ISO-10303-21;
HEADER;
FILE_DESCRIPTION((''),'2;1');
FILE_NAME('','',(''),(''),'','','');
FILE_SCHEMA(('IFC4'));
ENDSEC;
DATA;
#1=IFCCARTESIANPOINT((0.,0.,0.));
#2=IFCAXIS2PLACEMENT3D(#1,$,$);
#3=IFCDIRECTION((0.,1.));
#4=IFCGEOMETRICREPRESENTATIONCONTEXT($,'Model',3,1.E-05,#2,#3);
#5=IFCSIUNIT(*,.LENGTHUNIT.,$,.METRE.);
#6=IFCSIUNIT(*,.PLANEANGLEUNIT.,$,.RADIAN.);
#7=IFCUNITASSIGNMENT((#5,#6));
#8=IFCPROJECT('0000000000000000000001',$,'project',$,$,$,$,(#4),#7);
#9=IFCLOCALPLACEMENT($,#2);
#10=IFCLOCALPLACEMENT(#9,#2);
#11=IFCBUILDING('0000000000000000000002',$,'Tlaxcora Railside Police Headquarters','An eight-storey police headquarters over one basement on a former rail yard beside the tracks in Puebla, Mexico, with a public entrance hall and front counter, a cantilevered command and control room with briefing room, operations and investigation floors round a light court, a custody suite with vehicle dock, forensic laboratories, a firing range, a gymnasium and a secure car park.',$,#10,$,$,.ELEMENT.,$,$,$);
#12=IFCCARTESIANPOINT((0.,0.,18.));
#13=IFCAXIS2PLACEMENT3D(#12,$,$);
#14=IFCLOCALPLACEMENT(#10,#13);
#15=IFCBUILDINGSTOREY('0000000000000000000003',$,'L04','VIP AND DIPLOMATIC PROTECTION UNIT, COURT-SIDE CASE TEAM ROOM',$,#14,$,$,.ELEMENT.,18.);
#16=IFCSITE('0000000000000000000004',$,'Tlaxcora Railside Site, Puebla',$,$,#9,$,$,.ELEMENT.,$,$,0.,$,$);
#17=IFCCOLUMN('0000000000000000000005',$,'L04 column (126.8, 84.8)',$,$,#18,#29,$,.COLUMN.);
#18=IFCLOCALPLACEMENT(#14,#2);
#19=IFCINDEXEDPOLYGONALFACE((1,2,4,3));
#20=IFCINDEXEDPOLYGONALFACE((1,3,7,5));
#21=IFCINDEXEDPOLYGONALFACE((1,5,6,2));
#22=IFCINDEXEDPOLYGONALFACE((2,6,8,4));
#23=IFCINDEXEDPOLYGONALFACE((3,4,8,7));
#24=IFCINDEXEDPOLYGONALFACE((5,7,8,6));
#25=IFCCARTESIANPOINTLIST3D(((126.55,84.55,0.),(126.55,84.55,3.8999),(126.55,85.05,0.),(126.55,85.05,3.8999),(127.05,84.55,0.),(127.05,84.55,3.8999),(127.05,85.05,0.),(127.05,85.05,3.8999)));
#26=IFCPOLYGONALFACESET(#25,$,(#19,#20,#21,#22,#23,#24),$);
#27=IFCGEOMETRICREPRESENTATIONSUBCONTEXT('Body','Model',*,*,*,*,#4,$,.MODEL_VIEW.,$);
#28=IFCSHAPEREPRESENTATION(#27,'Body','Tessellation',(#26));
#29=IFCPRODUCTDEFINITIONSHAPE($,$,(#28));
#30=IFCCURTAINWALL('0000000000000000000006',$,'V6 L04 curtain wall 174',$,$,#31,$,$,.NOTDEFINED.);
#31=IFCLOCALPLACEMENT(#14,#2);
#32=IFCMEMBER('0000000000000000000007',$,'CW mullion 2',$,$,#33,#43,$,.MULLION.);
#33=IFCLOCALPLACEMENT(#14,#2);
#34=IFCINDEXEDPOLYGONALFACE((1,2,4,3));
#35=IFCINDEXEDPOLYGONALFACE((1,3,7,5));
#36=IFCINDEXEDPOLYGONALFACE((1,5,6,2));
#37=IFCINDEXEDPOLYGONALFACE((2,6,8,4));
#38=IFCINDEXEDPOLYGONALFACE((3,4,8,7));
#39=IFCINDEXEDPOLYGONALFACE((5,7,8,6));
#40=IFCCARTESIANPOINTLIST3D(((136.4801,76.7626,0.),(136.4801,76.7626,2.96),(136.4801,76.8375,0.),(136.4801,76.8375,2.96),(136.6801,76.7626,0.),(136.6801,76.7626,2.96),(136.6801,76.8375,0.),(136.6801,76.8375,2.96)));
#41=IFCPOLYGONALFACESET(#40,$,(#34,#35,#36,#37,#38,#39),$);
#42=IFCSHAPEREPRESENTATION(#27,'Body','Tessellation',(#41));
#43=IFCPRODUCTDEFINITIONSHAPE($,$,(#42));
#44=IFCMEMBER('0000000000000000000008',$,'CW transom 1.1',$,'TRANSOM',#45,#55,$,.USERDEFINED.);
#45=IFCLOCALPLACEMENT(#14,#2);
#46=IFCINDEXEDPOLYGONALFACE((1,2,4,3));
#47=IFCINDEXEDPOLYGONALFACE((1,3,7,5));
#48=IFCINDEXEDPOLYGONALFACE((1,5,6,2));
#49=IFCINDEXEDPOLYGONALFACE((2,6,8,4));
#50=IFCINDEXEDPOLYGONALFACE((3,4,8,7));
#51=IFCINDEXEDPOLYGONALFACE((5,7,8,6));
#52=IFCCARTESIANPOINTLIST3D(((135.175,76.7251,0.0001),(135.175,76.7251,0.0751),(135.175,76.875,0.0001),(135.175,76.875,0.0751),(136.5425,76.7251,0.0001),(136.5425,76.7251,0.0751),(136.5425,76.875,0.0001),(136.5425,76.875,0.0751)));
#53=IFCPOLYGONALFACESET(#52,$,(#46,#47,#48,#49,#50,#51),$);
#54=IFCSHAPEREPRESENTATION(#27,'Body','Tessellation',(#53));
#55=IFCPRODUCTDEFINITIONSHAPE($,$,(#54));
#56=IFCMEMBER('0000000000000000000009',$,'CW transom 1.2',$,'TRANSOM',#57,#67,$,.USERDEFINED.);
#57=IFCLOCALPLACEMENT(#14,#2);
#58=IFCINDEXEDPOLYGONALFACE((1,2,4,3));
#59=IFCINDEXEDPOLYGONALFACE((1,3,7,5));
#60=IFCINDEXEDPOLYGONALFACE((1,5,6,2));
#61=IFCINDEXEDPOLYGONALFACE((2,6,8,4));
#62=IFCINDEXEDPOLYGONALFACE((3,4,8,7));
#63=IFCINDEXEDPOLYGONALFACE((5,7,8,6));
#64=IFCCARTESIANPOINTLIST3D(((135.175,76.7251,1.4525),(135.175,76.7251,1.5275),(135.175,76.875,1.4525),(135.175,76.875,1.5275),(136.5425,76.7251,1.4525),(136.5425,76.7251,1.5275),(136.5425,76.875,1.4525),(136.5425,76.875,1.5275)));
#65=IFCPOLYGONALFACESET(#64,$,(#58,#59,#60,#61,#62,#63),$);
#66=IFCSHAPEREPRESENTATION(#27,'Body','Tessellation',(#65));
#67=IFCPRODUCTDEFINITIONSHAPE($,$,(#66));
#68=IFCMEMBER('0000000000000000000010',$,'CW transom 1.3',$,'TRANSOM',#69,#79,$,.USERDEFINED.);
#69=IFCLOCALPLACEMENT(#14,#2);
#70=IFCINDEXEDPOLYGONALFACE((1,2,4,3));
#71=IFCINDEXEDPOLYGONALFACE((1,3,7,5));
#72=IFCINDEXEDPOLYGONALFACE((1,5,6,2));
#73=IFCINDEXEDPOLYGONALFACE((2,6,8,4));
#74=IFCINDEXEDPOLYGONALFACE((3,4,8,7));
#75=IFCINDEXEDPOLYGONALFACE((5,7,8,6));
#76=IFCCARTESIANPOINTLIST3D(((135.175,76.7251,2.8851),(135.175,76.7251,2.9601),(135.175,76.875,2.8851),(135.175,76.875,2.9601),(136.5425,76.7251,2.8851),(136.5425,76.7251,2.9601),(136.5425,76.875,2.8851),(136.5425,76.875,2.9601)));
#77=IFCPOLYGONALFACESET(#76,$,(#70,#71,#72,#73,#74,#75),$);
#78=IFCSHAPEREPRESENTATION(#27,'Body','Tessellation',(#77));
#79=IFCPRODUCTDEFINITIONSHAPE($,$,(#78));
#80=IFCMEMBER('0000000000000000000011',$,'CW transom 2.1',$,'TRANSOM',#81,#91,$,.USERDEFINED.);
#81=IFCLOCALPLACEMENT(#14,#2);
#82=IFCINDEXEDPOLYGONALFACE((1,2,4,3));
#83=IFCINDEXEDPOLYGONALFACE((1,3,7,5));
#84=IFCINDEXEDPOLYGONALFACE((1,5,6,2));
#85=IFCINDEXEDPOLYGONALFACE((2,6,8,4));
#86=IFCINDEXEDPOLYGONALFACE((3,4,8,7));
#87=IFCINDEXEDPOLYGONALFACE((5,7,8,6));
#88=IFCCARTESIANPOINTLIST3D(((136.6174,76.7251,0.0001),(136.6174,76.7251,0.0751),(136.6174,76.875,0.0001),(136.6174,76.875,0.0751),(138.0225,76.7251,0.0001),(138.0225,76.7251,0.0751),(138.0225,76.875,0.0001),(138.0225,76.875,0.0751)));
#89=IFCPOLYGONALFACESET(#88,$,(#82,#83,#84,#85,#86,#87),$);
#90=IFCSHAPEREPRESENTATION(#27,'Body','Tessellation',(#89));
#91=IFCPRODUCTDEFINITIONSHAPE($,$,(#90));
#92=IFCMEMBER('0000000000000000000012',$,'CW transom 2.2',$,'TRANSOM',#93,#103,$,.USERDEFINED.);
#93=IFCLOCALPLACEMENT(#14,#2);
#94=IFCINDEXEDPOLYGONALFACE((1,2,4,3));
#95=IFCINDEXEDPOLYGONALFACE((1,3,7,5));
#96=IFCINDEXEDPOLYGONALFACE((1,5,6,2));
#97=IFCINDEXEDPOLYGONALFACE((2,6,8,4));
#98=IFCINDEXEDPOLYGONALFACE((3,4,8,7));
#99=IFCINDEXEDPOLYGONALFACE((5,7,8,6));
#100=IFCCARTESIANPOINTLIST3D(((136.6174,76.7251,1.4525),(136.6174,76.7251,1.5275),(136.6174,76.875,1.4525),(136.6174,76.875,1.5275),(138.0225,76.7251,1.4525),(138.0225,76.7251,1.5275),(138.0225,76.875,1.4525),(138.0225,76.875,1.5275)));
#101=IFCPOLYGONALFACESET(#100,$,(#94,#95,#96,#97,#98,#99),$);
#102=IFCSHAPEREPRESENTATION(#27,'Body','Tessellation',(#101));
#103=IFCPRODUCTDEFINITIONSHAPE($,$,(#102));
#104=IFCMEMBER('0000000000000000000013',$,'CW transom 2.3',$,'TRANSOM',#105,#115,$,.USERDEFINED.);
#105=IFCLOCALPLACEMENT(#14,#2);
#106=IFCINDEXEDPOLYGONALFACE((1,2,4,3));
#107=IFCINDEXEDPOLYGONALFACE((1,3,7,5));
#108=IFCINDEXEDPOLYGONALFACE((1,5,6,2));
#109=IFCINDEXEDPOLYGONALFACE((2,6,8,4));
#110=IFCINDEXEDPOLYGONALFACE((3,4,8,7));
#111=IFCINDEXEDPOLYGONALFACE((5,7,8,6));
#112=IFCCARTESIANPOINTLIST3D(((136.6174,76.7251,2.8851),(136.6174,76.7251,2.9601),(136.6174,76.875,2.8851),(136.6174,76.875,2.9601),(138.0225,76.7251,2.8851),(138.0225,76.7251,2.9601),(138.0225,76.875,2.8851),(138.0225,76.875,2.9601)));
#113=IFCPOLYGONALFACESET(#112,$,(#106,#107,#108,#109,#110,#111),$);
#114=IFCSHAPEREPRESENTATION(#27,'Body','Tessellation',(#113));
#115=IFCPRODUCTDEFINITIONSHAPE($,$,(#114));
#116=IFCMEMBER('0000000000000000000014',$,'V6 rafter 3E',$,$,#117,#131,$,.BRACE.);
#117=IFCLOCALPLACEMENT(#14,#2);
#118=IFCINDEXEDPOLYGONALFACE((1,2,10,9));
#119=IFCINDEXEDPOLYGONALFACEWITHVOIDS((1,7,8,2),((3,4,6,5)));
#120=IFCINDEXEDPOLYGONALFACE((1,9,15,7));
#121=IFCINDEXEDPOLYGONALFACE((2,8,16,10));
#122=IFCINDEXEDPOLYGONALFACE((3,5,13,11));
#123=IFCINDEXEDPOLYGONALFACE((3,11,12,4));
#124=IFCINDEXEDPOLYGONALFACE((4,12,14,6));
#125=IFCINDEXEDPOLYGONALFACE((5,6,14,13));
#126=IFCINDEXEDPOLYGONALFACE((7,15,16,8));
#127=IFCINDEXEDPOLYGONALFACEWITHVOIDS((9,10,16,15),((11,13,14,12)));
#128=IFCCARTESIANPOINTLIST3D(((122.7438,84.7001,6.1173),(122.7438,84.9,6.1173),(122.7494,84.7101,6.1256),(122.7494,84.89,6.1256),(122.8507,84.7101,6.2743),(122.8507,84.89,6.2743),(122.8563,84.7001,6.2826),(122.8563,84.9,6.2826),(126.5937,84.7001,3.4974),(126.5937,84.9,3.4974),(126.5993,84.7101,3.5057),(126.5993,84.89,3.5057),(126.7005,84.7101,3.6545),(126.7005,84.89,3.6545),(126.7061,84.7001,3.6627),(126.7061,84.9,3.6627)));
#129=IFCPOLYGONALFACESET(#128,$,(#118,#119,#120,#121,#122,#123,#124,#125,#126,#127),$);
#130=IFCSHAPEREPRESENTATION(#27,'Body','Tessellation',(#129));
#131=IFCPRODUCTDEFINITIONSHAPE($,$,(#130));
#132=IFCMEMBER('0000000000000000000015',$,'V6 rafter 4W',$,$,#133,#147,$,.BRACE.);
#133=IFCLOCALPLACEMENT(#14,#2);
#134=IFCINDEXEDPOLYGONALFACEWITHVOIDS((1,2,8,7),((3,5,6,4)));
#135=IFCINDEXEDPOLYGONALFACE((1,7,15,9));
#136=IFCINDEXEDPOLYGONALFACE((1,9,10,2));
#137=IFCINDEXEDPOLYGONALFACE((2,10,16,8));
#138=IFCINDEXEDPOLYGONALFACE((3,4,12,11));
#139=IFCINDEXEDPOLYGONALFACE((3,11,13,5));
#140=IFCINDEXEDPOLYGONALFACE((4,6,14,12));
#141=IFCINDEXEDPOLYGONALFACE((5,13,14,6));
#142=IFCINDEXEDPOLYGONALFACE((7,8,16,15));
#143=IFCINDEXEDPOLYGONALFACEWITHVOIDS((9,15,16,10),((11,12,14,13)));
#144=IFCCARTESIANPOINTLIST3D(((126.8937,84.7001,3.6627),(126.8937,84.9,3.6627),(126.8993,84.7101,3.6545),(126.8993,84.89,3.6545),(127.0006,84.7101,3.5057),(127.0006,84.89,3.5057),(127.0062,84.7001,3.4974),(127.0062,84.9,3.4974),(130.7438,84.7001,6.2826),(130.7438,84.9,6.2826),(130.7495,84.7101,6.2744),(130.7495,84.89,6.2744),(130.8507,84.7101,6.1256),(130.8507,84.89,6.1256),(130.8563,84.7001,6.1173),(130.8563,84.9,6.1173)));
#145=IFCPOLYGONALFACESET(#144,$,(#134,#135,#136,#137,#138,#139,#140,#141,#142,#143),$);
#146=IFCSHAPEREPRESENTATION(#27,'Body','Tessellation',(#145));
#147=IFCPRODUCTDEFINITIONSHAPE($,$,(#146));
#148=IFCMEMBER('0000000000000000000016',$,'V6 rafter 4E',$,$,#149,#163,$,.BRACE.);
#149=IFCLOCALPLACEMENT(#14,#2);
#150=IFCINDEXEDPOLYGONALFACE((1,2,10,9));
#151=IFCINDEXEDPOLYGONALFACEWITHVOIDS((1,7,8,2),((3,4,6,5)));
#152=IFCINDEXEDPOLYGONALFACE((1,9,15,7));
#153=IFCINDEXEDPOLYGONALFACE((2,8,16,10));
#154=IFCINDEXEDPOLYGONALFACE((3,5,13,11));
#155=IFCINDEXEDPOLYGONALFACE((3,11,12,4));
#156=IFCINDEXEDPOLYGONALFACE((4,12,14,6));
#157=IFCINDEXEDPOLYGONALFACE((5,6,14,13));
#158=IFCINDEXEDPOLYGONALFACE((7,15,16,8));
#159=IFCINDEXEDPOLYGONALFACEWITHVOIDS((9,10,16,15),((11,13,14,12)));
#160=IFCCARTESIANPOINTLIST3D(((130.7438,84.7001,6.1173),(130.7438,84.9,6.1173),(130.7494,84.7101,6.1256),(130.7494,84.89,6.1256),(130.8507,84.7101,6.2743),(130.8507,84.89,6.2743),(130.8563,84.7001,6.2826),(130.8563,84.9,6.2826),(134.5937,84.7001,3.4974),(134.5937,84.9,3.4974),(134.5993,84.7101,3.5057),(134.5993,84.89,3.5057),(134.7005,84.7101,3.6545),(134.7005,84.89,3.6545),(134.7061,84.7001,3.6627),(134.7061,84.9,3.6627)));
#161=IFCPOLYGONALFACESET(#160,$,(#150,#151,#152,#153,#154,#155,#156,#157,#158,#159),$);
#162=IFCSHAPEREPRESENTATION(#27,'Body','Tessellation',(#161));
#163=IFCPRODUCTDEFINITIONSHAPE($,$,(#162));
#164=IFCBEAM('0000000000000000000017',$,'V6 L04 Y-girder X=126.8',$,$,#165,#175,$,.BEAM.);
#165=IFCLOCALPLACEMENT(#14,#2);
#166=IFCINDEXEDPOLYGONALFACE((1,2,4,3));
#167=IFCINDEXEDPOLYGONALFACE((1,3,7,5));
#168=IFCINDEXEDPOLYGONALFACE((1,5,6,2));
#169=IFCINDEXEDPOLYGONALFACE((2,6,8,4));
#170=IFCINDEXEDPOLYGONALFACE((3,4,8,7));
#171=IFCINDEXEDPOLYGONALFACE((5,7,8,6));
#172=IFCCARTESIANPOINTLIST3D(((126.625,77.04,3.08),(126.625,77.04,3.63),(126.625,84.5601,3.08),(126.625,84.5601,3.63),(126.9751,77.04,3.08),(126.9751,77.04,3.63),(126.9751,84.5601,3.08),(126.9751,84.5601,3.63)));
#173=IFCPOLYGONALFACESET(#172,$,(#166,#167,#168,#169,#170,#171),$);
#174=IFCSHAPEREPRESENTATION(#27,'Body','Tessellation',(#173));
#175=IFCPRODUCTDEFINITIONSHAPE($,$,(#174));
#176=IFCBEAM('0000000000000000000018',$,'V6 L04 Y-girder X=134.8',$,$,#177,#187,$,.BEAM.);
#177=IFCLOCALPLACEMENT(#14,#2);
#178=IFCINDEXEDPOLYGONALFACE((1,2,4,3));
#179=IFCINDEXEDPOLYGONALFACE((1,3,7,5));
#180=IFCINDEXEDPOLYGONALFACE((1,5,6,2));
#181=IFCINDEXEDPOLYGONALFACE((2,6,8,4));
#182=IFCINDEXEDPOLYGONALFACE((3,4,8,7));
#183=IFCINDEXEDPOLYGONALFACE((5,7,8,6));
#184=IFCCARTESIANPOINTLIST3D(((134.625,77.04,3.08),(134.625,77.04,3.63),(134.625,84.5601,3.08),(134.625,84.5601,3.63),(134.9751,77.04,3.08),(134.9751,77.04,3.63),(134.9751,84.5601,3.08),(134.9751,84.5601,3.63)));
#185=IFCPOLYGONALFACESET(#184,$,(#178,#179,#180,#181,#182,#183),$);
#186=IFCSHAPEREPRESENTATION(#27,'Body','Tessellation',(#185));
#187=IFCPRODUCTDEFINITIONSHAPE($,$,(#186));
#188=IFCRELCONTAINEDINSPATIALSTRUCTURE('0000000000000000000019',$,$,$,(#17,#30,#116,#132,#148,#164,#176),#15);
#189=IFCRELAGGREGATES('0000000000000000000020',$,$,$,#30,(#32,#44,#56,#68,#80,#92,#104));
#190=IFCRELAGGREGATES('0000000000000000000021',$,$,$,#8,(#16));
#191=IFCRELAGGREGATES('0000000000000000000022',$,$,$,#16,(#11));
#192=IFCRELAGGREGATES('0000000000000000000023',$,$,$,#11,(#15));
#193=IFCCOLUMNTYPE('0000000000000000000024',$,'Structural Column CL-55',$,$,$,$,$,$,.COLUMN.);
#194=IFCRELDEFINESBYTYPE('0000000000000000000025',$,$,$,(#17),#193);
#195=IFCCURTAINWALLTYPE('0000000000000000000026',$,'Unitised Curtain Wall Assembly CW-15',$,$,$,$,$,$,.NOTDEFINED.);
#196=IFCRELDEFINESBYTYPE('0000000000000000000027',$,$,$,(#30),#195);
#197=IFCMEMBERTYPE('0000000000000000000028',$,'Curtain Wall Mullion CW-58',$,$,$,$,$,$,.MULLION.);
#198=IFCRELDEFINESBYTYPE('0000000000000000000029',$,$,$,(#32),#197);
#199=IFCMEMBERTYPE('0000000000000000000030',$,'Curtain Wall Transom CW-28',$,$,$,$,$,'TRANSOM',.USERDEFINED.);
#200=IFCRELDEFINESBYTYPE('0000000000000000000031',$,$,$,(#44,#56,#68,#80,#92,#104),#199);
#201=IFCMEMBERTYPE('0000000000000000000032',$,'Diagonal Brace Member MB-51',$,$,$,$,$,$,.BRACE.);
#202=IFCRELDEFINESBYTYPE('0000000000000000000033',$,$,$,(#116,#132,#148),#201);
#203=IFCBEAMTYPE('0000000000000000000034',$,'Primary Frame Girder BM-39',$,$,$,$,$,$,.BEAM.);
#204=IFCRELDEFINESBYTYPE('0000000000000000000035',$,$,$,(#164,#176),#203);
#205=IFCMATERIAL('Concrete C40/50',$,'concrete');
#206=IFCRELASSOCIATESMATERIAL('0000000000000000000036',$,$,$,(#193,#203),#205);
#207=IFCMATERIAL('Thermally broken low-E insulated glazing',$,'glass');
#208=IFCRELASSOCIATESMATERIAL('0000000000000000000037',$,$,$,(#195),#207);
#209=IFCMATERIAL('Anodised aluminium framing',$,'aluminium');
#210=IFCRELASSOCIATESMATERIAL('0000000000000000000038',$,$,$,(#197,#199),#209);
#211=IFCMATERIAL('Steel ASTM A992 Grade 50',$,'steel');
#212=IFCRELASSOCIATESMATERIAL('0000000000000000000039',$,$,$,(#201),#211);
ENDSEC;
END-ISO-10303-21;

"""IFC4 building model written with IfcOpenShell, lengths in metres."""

from ifc_helpers import new_model, si_unit, direction, frame, origin, origin_2d, place, context, subcontext, project, spatial, rectangle, hollow_rectangle, extrude, material, material_profile, profile_set, type_object, element, aggregate, save


model = new_model("IFC4")

# Units and contexts
model_context = context("Model", 3, precision=1e-05, world=origin(), true_north=direction((0.0, 1.0)))
body_context = subcontext(model_context, "Body", "Model", "MODEL_VIEW")
ifc_project = project(units=[si_unit("LENGTHUNIT", "METRE"), si_unit("PLANEANGLEUNIT", "RADIAN")], contexts=[model_context])

# Site, building, storey
site_placement = place(None, origin())
site = spatial("IfcSite", under=ifc_project, at=site_placement, Name="Tlaxcora Railside Site, Puebla", CompositionType="ELEMENT", RefElevation=0.0)
building_placement = place(site_placement, origin())
building = spatial("IfcBuilding", under=site, at=building_placement, Name="Tlaxcora Railside Police Headquarters", Description="An eight-storey police headquarters over one basement on a former rail yard beside the tracks in Puebla, Mexico, with a public entrance hall and front counter, a cantilevered command and control room with briefing room, operations and investigation floors round a light court, a custody suite with vehicle dock, forensic laboratories, a firing range, a gymnasium and a secure car park.", CompositionType="ELEMENT")
storey_placement = place(building_placement, frame((0.0, 0.0, 18.0)))
storey = spatial("IfcBuildingStorey", under=building, at=storey_placement, Name="L04", Description="VIP AND DIPLOMATIC PROTECTION UNIT, COURT-SIDE CASE TEAM ROOM", CompositionType="ELEMENT", Elevation=18.0)

# Column
ifc_material_1 = material(Name="Concrete C40/50", Category="concrete")
ifc_material_profile_1 = material_profile(ifc_material_1, rectangle(XDim=0.5, YDim=0.5, at=origin_2d()), Name="RC500X500")
ifc_profile_set_1 = profile_set([ifc_material_profile_1], Name="Concrete C40/50")
column_type = type_object("IfcColumnType", Name="Structural Column CL-55", PredefinedType="COLUMN", material=ifc_profile_set_1)
column_placement = place(storey_placement, frame((126.8, 84.8, 0.0), z_axis=(0.0, 0.0, 1.0), x_axis=(1.0, 0.0, 0.0)))
element("IfcColumn", 1, at=column_placement, inside=storey, type_object=column_type, Name="L04 column (126.8, 84.8)", PredefinedType="COLUMN", context=body_context, shape_type="SweptSolid", body=[
    extrude(rectangle(XDim=0.5, YDim=0.5, at=origin_2d()), origin(), (0.0, 0.0, 1.0), 3.8999),
])

# Curtain wall, members
ifc_material_2 = material(Name="Thermally broken low-E insulated glazing", Category="glass")
curtain_wall_type = type_object("IfcCurtainWallType", Name="Unitised Curtain Wall Assembly CW-15", PredefinedType="NOTDEFINED", material=ifc_material_2)
curtain_wall_placement = place(storey_placement, origin())
curtain_wall = element("IfcCurtainWall", 2, at=curtain_wall_placement, inside=storey, type_object=curtain_wall_type, Name="V6 L04 curtain wall 174", PredefinedType="NOTDEFINED")
ifc_material_3 = material(Name="Anodised aluminium framing", Category="aluminium")
ifc_material_profile_2 = material_profile(ifc_material_3, rectangle(XDim=0.075, YDim=0.2, at=origin_2d()), Name="AL75X200")
ifc_profile_set_2 = profile_set([ifc_material_profile_2], Name="Anodised aluminium framing")
member_type_1 = type_object("IfcMemberType", Name="Curtain Wall Mullion CW-58", PredefinedType="MULLION", material=ifc_profile_set_2)
member_1_placement = place(storey_placement, frame((136.5801, 76.8, 0.0), z_axis=(0.0, 0.0, 1.0), x_axis=(0.0, 1.0, 0.0)))
member_1 = element("IfcMember", 3, at=member_1_placement, type_object=member_type_1, Name="CW mullion 2", PredefinedType="MULLION", context=body_context, shape_type="SweptSolid", body=[
    extrude(rectangle(XDim=0.075, YDim=0.2, at=origin_2d()), origin(), (0.0, 0.0, 1.0), 2.96),
])
ifc_material_profile_3 = material_profile(ifc_material_3, rectangle(XDim=0.1499, YDim=0.075, at=origin_2d()), Name="AL75X150")
ifc_profile_set_3 = profile_set([ifc_material_profile_3], Name="Anodised aluminium framing")
member_type_2 = type_object("IfcMemberType", Name="Curtain Wall Transom CW-28", ElementType="TRANSOM", PredefinedType="USERDEFINED", material=ifc_profile_set_3)
member_2_placement = place(storey_placement, frame((135.175, 76.8, 0.0376), z_axis=(1.0, 0.0, 0.0), x_axis=(0.0, 1.0, 0.0)))
member_2 = element("IfcMember", 4, at=member_2_placement, type_object=member_type_2, Name="CW transom 1.1", ObjectType="TRANSOM", PredefinedType="USERDEFINED", context=body_context, shape_type="SweptSolid", body=[
    extrude(rectangle(XDim=0.1499, YDim=0.075, at=origin_2d()), origin(), (0.0, 0.0, 1.0), 1.3674),
])
member_3_placement = place(storey_placement, frame((135.175, 76.8, 1.49), z_axis=(1.0, 0.0, 0.0), x_axis=(0.0, 1.0, 0.0)))
member_3 = element("IfcMember", 5, at=member_3_placement, type_object=member_type_2, Name="CW transom 1.2", ObjectType="TRANSOM", PredefinedType="USERDEFINED", context=body_context, shape_type="SweptSolid", body=[
    extrude(rectangle(XDim=0.1499, YDim=0.075, at=origin_2d()), origin(), (0.0, 0.0, 1.0), 1.3674),
])
member_4_placement = place(storey_placement, frame((135.175, 76.8, 2.9226), z_axis=(1.0, 0.0, 0.0), x_axis=(0.0, 1.0, 0.0)))
member_4 = element("IfcMember", 6, at=member_4_placement, type_object=member_type_2, Name="CW transom 1.3", ObjectType="TRANSOM", PredefinedType="USERDEFINED", context=body_context, shape_type="SweptSolid", body=[
    extrude(rectangle(XDim=0.1499, YDim=0.075, at=origin_2d()), origin(), (0.0, 0.0, 1.0), 1.3674),
])
member_5_placement = place(storey_placement, frame((136.6174, 76.8, 0.0376), z_axis=(1.0, 0.0, 0.0), x_axis=(0.0, 1.0, 0.0)))
member_5 = element("IfcMember", 7, at=member_5_placement, type_object=member_type_2, Name="CW transom 2.1", ObjectType="TRANSOM", PredefinedType="USERDEFINED", context=body_context, shape_type="SweptSolid", body=[
    extrude(rectangle(XDim=0.1499, YDim=0.075, at=origin_2d()), origin(), (0.0, 0.0, 1.0), 1.405),
])
member_6_placement = place(storey_placement, frame((136.6174, 76.8, 1.49), z_axis=(1.0, 0.0, 0.0), x_axis=(0.0, 1.0, 0.0)))
member_6 = element("IfcMember", 8, at=member_6_placement, type_object=member_type_2, Name="CW transom 2.2", ObjectType="TRANSOM", PredefinedType="USERDEFINED", context=body_context, shape_type="SweptSolid", body=[
    extrude(rectangle(XDim=0.1499, YDim=0.075, at=origin_2d()), origin(), (0.0, 0.0, 1.0), 1.405),
])
member_7_placement = place(storey_placement, frame((136.6174, 76.8, 2.9226), z_axis=(1.0, 0.0, 0.0), x_axis=(0.0, 1.0, 0.0)))
member_7 = element("IfcMember", 9, at=member_7_placement, type_object=member_type_2, Name="CW transom 2.3", ObjectType="TRANSOM", PredefinedType="USERDEFINED", context=body_context, shape_type="SweptSolid", body=[
    extrude(rectangle(XDim=0.1499, YDim=0.075, at=origin_2d()), origin(), (0.0, 0.0, 1.0), 1.405),
])

# Members
ifc_material_4 = material(Name="Steel ASTM A992 Grade 50", Category="steel")
ifc_material_profile_4 = material_profile(ifc_material_4, hollow_rectangle(XDim=0.2, YDim=0.2, WallThickness=0.01, at=origin_2d()), Name="HSS200X200X10")
ifc_profile_set_4 = profile_set([ifc_material_profile_4], Name="Steel ASTM A992 Grade 50")
member_type_3 = type_object("IfcMemberType", Name="Diagonal Brace Member MB-51", PredefinedType="BRACE", material=ifc_profile_set_4)
member_8_placement = place(storey_placement, frame((126.6499, 84.8, 3.5801), z_axis=(-0.826729, 0.0, 0.5626), x_axis=(0.0, -1.0, 0.0)))
element("IfcMember", 10, at=member_8_placement, inside=storey, type_object=member_type_3, Name="V6 rafter 3E", PredefinedType="BRACE", context=body_context, shape_type="SweptSolid", body=[
    extrude(hollow_rectangle(XDim=0.2, YDim=0.2, WallThickness=0.01, at=origin_2d()), origin(), (0.0, 0.0, 1.0), 4.6567),
])
member_9_placement = place(storey_placement, frame((126.95, 84.8, 3.5801), z_axis=(0.826746, 0.0, 0.562575), x_axis=(0.0, 1.0, 0.0)))
element("IfcMember", 11, at=member_9_placement, inside=storey, type_object=member_type_3, Name="V6 rafter 4W", PredefinedType="BRACE", context=body_context, shape_type="SweptSolid", body=[
    extrude(hollow_rectangle(XDim=0.2, YDim=0.2, WallThickness=0.01, at=origin_2d()), origin(), (0.0, 0.0, 1.0), 4.657),
])
member_10_placement = place(storey_placement, frame((134.6499, 84.8, 3.5801), z_axis=(-0.826729, 0.0, 0.5626), x_axis=(0.0, -1.0, 0.0)))
element("IfcMember", 12, at=member_10_placement, inside=storey, type_object=member_type_3, Name="V6 rafter 4E", PredefinedType="BRACE", context=body_context, shape_type="SweptSolid", body=[
    extrude(hollow_rectangle(XDim=0.2, YDim=0.2, WallThickness=0.01, at=origin_2d()), origin(), (0.0, 0.0, 1.0), 4.6567),
])

# Beams
ifc_material_profile_5 = material_profile(ifc_material_1, rectangle(XDim=0.3501, YDim=0.55, at=origin_2d()), Name="RC350X550")
ifc_profile_set_5 = profile_set([ifc_material_profile_5], Name="Concrete C40/50")
beam_type_1 = type_object("IfcBeamType", Name="Primary Frame Girder BM-39", PredefinedType="BEAM", material=ifc_profile_set_5)
for number, where, z_axis, x_axis, name in (
    (13, (126.8, 77.04, 3.355), (0.0, 1.0, 0.0), (-1.0, 0.0, 0.0), "V6 L04 Y-girder X=126.8"),
    (14, (134.8, 77.04, 3.355), (0.0, 1.0, 0.0), (-1.0, 0.0, 0.0), "V6 L04 Y-girder X=134.8"),
):
    element("IfcBeam", number, at=place(storey_placement, frame(where, z_axis=z_axis, x_axis=x_axis)), inside=storey, type_object=beam_type_1, Name=name, PredefinedType="BEAM", context=body_context, shape_type="SweptSolid", body=[
        extrude(rectangle(XDim=0.3501, YDim=0.55, at=origin_2d()), origin(), (0.0, 0.0, 1.0), 7.52),
    ])

aggregate(curtain_wall, [member_1, member_2, member_3, member_4, member_5, member_6, member_7])

save(model, "model.ifc")
